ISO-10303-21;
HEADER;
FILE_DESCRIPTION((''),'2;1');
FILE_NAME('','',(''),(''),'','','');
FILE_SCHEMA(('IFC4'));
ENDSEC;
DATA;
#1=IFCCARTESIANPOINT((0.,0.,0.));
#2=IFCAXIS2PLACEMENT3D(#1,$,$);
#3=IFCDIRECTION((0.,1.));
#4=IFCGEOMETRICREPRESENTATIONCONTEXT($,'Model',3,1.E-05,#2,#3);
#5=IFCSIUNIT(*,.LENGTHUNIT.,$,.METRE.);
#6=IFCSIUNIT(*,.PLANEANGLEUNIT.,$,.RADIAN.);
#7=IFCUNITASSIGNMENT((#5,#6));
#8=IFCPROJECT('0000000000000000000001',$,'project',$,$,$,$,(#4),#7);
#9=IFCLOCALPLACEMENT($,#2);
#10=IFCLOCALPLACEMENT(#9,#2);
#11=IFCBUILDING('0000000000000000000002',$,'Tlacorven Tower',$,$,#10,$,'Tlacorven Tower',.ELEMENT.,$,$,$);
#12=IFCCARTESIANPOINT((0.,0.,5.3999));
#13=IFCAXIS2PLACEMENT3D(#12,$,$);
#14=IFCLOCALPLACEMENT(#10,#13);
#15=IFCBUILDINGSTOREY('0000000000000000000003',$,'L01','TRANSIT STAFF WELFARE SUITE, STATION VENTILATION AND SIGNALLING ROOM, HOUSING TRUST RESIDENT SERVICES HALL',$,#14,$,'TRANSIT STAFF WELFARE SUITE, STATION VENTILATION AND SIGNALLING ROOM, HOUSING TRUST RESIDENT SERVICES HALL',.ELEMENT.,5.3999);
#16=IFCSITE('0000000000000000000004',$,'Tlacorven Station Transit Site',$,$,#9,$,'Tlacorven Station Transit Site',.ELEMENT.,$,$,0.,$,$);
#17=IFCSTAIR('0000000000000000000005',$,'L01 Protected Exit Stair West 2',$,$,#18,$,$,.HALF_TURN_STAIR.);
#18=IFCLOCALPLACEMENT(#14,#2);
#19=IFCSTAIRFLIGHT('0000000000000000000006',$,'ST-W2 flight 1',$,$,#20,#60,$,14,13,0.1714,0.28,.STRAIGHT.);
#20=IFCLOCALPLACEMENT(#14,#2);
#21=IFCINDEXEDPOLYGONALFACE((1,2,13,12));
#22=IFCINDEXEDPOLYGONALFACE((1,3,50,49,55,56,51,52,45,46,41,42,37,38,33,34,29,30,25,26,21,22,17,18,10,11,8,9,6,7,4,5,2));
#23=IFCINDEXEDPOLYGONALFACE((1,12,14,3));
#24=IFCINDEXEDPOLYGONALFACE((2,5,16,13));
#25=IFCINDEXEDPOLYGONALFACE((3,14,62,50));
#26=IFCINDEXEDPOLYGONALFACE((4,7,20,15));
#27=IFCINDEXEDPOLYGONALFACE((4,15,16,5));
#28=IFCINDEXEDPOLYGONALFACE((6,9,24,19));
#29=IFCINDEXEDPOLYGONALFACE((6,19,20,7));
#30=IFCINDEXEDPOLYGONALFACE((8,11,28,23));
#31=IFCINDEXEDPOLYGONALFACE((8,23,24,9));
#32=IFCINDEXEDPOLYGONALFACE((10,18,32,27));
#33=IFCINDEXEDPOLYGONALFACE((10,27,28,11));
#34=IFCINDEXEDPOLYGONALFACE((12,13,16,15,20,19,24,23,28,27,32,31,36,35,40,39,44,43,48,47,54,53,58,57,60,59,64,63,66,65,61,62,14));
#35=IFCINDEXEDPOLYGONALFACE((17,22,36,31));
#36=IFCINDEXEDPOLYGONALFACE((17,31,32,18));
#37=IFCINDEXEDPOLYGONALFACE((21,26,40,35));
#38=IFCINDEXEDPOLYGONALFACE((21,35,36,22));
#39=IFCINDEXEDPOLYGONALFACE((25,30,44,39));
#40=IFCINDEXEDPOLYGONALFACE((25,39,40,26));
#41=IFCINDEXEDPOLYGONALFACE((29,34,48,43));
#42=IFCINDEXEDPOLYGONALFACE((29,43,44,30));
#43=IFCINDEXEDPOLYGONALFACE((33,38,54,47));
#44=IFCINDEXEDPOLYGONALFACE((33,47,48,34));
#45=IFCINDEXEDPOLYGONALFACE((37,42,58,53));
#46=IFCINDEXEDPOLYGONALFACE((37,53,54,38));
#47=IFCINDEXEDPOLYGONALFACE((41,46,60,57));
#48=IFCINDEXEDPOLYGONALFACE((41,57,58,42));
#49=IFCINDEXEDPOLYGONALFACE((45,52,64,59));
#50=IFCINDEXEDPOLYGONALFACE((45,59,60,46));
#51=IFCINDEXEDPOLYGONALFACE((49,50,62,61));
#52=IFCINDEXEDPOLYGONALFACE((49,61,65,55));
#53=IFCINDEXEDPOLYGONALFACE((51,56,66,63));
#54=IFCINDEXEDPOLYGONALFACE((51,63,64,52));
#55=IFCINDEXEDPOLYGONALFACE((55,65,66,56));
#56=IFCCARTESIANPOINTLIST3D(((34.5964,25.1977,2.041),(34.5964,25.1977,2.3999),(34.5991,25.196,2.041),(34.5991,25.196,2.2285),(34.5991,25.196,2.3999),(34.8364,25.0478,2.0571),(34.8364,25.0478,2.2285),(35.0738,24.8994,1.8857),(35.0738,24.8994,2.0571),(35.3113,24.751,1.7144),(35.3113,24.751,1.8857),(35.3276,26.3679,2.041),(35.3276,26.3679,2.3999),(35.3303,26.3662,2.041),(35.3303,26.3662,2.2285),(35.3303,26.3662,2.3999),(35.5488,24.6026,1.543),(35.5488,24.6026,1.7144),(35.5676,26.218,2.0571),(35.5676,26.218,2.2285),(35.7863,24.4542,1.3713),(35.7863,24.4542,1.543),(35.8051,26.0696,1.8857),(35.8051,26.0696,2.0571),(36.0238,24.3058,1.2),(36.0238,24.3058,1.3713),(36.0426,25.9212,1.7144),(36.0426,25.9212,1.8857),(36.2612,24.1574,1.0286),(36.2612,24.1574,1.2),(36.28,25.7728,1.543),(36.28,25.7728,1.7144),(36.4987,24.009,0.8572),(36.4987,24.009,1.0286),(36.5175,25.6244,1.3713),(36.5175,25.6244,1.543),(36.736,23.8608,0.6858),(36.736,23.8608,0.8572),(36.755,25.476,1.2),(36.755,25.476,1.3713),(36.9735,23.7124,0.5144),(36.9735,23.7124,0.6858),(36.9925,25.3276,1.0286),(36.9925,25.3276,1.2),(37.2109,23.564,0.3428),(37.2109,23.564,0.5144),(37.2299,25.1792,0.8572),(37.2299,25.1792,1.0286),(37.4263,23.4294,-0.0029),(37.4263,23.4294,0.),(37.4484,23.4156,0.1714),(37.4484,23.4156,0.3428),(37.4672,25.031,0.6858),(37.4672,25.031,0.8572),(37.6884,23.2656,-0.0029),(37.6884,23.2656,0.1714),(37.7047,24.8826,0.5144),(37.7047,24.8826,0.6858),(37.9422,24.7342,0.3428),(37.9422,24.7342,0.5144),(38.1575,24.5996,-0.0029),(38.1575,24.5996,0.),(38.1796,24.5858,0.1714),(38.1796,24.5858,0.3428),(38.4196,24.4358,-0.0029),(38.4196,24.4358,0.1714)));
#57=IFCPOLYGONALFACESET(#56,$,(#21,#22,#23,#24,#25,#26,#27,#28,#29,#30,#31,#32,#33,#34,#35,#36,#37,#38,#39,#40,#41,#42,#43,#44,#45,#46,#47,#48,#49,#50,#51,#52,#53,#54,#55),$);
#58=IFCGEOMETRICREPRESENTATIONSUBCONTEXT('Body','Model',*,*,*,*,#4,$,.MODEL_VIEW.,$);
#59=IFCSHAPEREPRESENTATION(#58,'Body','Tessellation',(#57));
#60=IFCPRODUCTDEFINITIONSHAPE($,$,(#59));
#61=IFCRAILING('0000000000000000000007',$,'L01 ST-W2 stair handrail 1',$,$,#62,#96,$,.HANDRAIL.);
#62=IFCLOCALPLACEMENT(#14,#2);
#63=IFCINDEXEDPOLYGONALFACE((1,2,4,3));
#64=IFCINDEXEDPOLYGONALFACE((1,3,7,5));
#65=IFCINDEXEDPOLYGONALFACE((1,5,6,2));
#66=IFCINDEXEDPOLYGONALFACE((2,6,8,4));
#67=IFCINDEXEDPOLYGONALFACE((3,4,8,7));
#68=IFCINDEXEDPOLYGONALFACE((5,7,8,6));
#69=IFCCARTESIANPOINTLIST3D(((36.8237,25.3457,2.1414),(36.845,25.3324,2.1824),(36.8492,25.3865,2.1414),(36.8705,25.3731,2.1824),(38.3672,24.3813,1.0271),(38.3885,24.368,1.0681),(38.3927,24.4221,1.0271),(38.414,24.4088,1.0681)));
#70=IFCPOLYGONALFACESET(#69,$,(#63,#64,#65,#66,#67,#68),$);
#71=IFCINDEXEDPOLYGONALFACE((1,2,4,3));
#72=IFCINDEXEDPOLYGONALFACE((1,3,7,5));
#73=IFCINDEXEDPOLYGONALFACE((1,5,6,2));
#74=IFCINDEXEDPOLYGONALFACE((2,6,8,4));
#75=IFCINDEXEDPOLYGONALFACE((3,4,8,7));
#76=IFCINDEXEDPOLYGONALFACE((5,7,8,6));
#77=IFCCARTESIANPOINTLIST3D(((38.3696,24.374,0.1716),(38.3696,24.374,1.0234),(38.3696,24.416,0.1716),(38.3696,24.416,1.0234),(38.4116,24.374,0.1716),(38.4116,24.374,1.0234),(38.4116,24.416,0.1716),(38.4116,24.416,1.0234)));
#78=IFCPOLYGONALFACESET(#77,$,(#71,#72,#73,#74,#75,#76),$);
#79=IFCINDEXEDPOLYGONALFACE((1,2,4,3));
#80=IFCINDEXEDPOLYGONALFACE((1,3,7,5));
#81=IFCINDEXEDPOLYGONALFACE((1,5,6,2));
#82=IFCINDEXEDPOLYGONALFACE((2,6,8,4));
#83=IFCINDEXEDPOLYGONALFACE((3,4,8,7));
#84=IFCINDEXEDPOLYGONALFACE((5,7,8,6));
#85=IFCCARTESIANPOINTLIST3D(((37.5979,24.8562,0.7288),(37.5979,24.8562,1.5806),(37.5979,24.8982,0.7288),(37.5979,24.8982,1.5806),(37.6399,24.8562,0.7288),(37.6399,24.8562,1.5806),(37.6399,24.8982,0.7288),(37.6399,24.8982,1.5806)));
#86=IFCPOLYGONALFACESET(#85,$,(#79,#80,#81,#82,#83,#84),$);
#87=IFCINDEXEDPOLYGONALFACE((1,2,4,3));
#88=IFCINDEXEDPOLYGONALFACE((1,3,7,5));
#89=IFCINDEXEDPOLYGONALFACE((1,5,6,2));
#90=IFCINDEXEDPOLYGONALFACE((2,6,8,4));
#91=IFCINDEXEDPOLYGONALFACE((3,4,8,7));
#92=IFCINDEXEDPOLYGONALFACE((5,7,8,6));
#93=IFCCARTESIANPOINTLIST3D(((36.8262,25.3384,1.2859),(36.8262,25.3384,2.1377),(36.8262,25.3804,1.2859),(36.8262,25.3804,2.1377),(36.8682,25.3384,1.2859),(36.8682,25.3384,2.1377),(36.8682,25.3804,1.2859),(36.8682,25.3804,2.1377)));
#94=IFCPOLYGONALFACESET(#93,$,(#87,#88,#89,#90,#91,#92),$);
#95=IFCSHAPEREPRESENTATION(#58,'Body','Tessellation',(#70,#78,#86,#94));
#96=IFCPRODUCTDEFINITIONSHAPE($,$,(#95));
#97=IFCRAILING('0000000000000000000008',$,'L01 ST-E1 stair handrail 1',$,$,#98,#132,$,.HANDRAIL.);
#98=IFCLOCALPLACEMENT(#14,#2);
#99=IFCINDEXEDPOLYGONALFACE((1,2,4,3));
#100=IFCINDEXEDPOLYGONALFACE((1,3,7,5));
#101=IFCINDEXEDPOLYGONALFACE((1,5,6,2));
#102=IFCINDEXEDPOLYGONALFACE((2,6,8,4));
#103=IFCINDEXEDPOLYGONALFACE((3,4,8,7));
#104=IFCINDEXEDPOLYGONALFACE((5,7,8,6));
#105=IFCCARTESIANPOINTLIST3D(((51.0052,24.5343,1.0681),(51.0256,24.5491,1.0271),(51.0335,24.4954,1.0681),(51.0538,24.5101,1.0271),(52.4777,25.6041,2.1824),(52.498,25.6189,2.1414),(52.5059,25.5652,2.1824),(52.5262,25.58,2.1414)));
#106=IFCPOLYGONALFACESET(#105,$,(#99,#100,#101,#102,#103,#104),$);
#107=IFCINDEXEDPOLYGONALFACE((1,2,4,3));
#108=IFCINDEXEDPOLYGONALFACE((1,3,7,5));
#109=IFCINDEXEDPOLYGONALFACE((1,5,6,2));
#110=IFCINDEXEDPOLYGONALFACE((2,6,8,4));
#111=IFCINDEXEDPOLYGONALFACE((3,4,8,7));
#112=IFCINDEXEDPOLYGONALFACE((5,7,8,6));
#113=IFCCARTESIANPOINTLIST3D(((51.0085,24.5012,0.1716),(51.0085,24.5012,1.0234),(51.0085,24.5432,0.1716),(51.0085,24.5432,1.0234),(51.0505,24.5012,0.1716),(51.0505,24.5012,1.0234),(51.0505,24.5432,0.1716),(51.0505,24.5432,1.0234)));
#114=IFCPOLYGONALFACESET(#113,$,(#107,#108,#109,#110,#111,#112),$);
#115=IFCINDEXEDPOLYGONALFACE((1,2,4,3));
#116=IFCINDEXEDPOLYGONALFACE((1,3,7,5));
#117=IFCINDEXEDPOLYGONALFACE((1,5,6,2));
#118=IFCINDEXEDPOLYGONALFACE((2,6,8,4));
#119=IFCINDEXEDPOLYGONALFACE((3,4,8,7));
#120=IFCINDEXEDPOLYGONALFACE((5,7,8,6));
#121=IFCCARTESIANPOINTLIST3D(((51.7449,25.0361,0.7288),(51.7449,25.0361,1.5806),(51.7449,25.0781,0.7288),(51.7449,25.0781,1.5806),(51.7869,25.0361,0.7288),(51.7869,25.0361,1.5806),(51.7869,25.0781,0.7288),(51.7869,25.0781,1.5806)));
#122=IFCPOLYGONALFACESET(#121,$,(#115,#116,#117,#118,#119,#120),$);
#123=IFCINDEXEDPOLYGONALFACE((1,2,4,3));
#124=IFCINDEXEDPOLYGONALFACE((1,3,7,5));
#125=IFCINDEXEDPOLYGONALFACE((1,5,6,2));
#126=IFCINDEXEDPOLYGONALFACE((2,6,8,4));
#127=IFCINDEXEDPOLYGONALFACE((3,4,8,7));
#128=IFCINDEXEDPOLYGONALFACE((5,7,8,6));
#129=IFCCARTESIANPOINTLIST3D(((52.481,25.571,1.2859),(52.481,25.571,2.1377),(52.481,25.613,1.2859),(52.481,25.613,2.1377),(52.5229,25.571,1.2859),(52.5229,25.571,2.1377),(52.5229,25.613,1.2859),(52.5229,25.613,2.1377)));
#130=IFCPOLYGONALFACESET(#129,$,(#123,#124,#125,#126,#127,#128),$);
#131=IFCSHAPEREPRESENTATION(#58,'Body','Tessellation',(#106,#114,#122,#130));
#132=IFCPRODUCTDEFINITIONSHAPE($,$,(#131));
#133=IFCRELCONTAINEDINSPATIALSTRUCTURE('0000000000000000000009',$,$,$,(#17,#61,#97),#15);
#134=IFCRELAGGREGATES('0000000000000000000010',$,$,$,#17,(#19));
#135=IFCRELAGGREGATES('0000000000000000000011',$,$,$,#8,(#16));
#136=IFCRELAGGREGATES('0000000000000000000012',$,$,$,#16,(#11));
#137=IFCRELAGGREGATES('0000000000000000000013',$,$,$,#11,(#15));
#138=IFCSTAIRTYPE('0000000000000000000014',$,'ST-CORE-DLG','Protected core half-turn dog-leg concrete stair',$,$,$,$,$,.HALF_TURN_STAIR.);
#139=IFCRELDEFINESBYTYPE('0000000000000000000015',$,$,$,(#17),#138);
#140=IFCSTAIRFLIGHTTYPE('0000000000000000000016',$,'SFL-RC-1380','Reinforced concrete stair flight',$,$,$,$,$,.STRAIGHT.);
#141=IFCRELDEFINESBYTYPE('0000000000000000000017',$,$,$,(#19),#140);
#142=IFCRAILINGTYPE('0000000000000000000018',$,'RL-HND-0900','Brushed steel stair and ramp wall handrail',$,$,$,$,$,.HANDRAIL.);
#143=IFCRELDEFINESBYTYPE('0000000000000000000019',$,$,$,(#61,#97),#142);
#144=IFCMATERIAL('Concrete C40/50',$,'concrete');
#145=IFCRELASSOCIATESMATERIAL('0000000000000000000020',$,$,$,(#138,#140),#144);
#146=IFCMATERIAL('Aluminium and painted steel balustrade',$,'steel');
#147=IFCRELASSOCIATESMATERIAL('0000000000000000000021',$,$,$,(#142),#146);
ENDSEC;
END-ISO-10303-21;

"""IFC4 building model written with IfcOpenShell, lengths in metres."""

from ifc_helpers import new_model, si_unit, direction, frame, origin, origin_2d, place, context, subcontext, project, spatial, polyline, rectangle, outline, extrude, source, transform, mapped, material, type_object, element, aggregate, save


model = new_model("IFC4")

# Units and contexts
model_context = context("Model", 3, precision=1e-05, world=origin(), true_north=direction((0.0, 1.0)))
body_context = subcontext(model_context, "Body", "Model", "MODEL_VIEW")
ifc_project = project(units=[si_unit("LENGTHUNIT", "METRE"), si_unit("PLANEANGLEUNIT", "RADIAN")], contexts=[model_context])

# Site, building, storey
site_placement = place(None, origin())
site = spatial("IfcSite", under=ifc_project, at=site_placement, Name="Tlacorven Station Transit Site", LongName="Tlacorven Station Transit Site", CompositionType="ELEMENT", RefElevation=0.0)
building_placement = place(site_placement, origin())
building = spatial("IfcBuilding", under=site, at=building_placement, Name="Tlacorven Tower", LongName="Tlacorven Tower", CompositionType="ELEMENT")
storey_placement = place(building_placement, frame((0.0, 0.0, 5.3999)))
storey = spatial("IfcBuildingStorey", under=building, at=storey_placement, Name="L01", Description="TRANSIT STAFF WELFARE SUITE, STATION VENTILATION AND SIGNALLING ROOM, HOUSING TRUST RESIDENT SERVICES HALL", LongName="TRANSIT STAFF WELFARE SUITE, STATION VENTILATION AND SIGNALLING ROOM, HOUSING TRUST RESIDENT SERVICES HALL", CompositionType="ELEMENT", Elevation=5.3999)

# Shared definitions
ifc_material_1 = material(Name="Concrete C40/50", Category="concrete")

# Stair, stair flight
stair_type = type_object("IfcStairType", Name="ST-CORE-DLG", Description="Protected core half-turn dog-leg concrete stair", PredefinedType="HALF_TURN_STAIR", material=ifc_material_1)
stair_placement = place(storey_placement, origin())
stair = element("IfcStair", 1, at=stair_placement, inside=storey, type_object=stair_type, Name="L01 Protected Exit Stair West 2", PredefinedType="HALF_TURN_STAIR")
stair_flight_type = type_object("IfcStairFlightType", Name="SFL-RC-1380", Description="Reinforced concrete stair flight", PredefinedType="STRAIGHT", material=ifc_material_1)
shared_shape_1 = source(origin(), body_context, "Body", "SweptSolid", [
    extrude(outline(polyline([(-0.0029, -0.0029), (-0.0029, 0.1714), (0.28, 0.1714), (0.28, 0.3428), (0.5601, 0.3428), (0.5601, 0.5144), (0.8401, 0.5144), (0.8401, 0.6858), (1.1201, 0.6858), (1.1201, 0.8572), (1.3999, 0.8572), (1.3999, 1.0286), (1.6799, 1.0286), (1.6799, 1.2), (1.96, 1.2), (1.96, 1.3713), (2.24, 1.3713), (2.24, 1.543), (2.52, 1.543), (2.52, 1.7144), (2.8, 1.7144), (2.8, 1.8857), (3.0801, 1.8857), (3.0801, 2.0571), (3.3601, 2.0571), (3.3601, 2.2285), (3.6399, 2.2285), (3.6399, 2.3999), (3.6431, 2.3999), (3.6431, 2.041), (3.6399, 2.041), (0.3062, 0.0), (0.3062, -0.0029), (-0.0029, -0.0029)])), frame((0.0, 0.6899, 0.0), z_axis=(0.0, -1.0, 0.0), x_axis=(1.0, 0.0, 0.0)), (0.0, 0.0, 1.0), 1.3799),
])
stair_flight_placement = place(storey_placement, frame((38.0515, 23.8523, 0.0), z_axis=(0.0, 0.0, 1.0), x_axis=(-0.848048, 0.529919, 0.0)))
stair_flight = element("IfcStairFlight", 2, at=stair_flight_placement, type_object=stair_flight_type, Name="ST-W2 flight 1", NumberOfRisers=14, NumberOfTreads=13, PredefinedType="STRAIGHT", RiserHeight=0.1714, TreadLength=0.28, context=body_context, shape_type="MappedRepresentation", body=[
    mapped(shared_shape_1, transform((0.0, 0.0, 0.0), scale=1.0)),
])
aggregate(stair, [stair_flight])

# Railings
ifc_material_2 = material(Name="Aluminium and painted steel balustrade", Category="steel")
railing_type = type_object("IfcRailingType", Name="RL-HND-0900", Description="Brushed steel stair and ramp wall handrail", PredefinedType="HANDRAIL", material=ifc_material_2)
shared_shape_2 = source(origin(), body_context, "Body", "SweptSolid", [
    extrude(rectangle(XDim=0.0481, YDim=0.0481, at=origin_2d()), frame((0.0, 0.0, 0.876), z_axis=(-0.723281, 0.451908, 0.522153), x_axis=(-0.529878, -0.848074, 0.0)), (0.0, 0.0, 1.0), 2.134),
    extrude(rectangle(XDim=0.042, YDim=0.042, at=origin_2d()), origin(), (0.0, 0.0, 1.0), 0.8518),
    extrude(rectangle(XDim=0.042, YDim=0.042, at=origin_2d()), frame((-0.7717, 0.4822, 0.5571)), (0.0, 0.0, 1.0), 0.8518),
    extrude(rectangle(XDim=0.042, YDim=0.042, at=origin_2d()), frame((-1.5435, 0.9644, 1.1143)), (0.0, 0.0, 1.0), 0.8518),
])
railing_1_placement = place(storey_placement, frame((38.3906, 24.395, 0.1716)))
element("IfcRailing", 3, at=railing_1_placement, inside=storey, type_object=railing_type, Name="L01 ST-W2 stair handrail 1", PredefinedType="HANDRAIL", context=body_context, shape_type="MappedRepresentation", body=[
    mapped(shared_shape_2, transform((0.0, 0.0, 0.0), scale=1.0)),
])
shared_shape_3 = source(origin(), body_context, "Body", "SweptSolid", [
    extrude(rectangle(XDim=0.0481, YDim=0.0481, at=origin_2d()), frame((0.0, 0.0, 0.876), z_axis=(0.689967, 0.501316, 0.522137), x_axis=(-0.587805, 0.809003, 0.0)), (0.0, 0.0, 1.0), 2.134),
    extrude(rectangle(XDim=0.042, YDim=0.042, at=origin_2d()), origin(), (0.0, 0.0, 1.0), 0.8518),
    extrude(rectangle(XDim=0.042, YDim=0.042, at=origin_2d()), frame((0.7363, 0.5349, 0.5571)), (0.0, 0.0, 1.0), 0.8518),
    extrude(rectangle(XDim=0.042, YDim=0.042, at=origin_2d()), frame((1.4724, 1.0698, 1.1143)), (0.0, 0.0, 1.0), 0.8518),
])
railing_2_placement = place(storey_placement, frame((51.0295, 24.5222, 0.1716)))
element("IfcRailing", 4, at=railing_2_placement, inside=storey, type_object=railing_type, Name="L01 ST-E1 stair handrail 1", PredefinedType="HANDRAIL", context=body_context, shape_type="MappedRepresentation", body=[
    mapped(shared_shape_3, transform((0.0, 0.0, 0.0), scale=1.0)),
])

save(model, "model.ifc")
